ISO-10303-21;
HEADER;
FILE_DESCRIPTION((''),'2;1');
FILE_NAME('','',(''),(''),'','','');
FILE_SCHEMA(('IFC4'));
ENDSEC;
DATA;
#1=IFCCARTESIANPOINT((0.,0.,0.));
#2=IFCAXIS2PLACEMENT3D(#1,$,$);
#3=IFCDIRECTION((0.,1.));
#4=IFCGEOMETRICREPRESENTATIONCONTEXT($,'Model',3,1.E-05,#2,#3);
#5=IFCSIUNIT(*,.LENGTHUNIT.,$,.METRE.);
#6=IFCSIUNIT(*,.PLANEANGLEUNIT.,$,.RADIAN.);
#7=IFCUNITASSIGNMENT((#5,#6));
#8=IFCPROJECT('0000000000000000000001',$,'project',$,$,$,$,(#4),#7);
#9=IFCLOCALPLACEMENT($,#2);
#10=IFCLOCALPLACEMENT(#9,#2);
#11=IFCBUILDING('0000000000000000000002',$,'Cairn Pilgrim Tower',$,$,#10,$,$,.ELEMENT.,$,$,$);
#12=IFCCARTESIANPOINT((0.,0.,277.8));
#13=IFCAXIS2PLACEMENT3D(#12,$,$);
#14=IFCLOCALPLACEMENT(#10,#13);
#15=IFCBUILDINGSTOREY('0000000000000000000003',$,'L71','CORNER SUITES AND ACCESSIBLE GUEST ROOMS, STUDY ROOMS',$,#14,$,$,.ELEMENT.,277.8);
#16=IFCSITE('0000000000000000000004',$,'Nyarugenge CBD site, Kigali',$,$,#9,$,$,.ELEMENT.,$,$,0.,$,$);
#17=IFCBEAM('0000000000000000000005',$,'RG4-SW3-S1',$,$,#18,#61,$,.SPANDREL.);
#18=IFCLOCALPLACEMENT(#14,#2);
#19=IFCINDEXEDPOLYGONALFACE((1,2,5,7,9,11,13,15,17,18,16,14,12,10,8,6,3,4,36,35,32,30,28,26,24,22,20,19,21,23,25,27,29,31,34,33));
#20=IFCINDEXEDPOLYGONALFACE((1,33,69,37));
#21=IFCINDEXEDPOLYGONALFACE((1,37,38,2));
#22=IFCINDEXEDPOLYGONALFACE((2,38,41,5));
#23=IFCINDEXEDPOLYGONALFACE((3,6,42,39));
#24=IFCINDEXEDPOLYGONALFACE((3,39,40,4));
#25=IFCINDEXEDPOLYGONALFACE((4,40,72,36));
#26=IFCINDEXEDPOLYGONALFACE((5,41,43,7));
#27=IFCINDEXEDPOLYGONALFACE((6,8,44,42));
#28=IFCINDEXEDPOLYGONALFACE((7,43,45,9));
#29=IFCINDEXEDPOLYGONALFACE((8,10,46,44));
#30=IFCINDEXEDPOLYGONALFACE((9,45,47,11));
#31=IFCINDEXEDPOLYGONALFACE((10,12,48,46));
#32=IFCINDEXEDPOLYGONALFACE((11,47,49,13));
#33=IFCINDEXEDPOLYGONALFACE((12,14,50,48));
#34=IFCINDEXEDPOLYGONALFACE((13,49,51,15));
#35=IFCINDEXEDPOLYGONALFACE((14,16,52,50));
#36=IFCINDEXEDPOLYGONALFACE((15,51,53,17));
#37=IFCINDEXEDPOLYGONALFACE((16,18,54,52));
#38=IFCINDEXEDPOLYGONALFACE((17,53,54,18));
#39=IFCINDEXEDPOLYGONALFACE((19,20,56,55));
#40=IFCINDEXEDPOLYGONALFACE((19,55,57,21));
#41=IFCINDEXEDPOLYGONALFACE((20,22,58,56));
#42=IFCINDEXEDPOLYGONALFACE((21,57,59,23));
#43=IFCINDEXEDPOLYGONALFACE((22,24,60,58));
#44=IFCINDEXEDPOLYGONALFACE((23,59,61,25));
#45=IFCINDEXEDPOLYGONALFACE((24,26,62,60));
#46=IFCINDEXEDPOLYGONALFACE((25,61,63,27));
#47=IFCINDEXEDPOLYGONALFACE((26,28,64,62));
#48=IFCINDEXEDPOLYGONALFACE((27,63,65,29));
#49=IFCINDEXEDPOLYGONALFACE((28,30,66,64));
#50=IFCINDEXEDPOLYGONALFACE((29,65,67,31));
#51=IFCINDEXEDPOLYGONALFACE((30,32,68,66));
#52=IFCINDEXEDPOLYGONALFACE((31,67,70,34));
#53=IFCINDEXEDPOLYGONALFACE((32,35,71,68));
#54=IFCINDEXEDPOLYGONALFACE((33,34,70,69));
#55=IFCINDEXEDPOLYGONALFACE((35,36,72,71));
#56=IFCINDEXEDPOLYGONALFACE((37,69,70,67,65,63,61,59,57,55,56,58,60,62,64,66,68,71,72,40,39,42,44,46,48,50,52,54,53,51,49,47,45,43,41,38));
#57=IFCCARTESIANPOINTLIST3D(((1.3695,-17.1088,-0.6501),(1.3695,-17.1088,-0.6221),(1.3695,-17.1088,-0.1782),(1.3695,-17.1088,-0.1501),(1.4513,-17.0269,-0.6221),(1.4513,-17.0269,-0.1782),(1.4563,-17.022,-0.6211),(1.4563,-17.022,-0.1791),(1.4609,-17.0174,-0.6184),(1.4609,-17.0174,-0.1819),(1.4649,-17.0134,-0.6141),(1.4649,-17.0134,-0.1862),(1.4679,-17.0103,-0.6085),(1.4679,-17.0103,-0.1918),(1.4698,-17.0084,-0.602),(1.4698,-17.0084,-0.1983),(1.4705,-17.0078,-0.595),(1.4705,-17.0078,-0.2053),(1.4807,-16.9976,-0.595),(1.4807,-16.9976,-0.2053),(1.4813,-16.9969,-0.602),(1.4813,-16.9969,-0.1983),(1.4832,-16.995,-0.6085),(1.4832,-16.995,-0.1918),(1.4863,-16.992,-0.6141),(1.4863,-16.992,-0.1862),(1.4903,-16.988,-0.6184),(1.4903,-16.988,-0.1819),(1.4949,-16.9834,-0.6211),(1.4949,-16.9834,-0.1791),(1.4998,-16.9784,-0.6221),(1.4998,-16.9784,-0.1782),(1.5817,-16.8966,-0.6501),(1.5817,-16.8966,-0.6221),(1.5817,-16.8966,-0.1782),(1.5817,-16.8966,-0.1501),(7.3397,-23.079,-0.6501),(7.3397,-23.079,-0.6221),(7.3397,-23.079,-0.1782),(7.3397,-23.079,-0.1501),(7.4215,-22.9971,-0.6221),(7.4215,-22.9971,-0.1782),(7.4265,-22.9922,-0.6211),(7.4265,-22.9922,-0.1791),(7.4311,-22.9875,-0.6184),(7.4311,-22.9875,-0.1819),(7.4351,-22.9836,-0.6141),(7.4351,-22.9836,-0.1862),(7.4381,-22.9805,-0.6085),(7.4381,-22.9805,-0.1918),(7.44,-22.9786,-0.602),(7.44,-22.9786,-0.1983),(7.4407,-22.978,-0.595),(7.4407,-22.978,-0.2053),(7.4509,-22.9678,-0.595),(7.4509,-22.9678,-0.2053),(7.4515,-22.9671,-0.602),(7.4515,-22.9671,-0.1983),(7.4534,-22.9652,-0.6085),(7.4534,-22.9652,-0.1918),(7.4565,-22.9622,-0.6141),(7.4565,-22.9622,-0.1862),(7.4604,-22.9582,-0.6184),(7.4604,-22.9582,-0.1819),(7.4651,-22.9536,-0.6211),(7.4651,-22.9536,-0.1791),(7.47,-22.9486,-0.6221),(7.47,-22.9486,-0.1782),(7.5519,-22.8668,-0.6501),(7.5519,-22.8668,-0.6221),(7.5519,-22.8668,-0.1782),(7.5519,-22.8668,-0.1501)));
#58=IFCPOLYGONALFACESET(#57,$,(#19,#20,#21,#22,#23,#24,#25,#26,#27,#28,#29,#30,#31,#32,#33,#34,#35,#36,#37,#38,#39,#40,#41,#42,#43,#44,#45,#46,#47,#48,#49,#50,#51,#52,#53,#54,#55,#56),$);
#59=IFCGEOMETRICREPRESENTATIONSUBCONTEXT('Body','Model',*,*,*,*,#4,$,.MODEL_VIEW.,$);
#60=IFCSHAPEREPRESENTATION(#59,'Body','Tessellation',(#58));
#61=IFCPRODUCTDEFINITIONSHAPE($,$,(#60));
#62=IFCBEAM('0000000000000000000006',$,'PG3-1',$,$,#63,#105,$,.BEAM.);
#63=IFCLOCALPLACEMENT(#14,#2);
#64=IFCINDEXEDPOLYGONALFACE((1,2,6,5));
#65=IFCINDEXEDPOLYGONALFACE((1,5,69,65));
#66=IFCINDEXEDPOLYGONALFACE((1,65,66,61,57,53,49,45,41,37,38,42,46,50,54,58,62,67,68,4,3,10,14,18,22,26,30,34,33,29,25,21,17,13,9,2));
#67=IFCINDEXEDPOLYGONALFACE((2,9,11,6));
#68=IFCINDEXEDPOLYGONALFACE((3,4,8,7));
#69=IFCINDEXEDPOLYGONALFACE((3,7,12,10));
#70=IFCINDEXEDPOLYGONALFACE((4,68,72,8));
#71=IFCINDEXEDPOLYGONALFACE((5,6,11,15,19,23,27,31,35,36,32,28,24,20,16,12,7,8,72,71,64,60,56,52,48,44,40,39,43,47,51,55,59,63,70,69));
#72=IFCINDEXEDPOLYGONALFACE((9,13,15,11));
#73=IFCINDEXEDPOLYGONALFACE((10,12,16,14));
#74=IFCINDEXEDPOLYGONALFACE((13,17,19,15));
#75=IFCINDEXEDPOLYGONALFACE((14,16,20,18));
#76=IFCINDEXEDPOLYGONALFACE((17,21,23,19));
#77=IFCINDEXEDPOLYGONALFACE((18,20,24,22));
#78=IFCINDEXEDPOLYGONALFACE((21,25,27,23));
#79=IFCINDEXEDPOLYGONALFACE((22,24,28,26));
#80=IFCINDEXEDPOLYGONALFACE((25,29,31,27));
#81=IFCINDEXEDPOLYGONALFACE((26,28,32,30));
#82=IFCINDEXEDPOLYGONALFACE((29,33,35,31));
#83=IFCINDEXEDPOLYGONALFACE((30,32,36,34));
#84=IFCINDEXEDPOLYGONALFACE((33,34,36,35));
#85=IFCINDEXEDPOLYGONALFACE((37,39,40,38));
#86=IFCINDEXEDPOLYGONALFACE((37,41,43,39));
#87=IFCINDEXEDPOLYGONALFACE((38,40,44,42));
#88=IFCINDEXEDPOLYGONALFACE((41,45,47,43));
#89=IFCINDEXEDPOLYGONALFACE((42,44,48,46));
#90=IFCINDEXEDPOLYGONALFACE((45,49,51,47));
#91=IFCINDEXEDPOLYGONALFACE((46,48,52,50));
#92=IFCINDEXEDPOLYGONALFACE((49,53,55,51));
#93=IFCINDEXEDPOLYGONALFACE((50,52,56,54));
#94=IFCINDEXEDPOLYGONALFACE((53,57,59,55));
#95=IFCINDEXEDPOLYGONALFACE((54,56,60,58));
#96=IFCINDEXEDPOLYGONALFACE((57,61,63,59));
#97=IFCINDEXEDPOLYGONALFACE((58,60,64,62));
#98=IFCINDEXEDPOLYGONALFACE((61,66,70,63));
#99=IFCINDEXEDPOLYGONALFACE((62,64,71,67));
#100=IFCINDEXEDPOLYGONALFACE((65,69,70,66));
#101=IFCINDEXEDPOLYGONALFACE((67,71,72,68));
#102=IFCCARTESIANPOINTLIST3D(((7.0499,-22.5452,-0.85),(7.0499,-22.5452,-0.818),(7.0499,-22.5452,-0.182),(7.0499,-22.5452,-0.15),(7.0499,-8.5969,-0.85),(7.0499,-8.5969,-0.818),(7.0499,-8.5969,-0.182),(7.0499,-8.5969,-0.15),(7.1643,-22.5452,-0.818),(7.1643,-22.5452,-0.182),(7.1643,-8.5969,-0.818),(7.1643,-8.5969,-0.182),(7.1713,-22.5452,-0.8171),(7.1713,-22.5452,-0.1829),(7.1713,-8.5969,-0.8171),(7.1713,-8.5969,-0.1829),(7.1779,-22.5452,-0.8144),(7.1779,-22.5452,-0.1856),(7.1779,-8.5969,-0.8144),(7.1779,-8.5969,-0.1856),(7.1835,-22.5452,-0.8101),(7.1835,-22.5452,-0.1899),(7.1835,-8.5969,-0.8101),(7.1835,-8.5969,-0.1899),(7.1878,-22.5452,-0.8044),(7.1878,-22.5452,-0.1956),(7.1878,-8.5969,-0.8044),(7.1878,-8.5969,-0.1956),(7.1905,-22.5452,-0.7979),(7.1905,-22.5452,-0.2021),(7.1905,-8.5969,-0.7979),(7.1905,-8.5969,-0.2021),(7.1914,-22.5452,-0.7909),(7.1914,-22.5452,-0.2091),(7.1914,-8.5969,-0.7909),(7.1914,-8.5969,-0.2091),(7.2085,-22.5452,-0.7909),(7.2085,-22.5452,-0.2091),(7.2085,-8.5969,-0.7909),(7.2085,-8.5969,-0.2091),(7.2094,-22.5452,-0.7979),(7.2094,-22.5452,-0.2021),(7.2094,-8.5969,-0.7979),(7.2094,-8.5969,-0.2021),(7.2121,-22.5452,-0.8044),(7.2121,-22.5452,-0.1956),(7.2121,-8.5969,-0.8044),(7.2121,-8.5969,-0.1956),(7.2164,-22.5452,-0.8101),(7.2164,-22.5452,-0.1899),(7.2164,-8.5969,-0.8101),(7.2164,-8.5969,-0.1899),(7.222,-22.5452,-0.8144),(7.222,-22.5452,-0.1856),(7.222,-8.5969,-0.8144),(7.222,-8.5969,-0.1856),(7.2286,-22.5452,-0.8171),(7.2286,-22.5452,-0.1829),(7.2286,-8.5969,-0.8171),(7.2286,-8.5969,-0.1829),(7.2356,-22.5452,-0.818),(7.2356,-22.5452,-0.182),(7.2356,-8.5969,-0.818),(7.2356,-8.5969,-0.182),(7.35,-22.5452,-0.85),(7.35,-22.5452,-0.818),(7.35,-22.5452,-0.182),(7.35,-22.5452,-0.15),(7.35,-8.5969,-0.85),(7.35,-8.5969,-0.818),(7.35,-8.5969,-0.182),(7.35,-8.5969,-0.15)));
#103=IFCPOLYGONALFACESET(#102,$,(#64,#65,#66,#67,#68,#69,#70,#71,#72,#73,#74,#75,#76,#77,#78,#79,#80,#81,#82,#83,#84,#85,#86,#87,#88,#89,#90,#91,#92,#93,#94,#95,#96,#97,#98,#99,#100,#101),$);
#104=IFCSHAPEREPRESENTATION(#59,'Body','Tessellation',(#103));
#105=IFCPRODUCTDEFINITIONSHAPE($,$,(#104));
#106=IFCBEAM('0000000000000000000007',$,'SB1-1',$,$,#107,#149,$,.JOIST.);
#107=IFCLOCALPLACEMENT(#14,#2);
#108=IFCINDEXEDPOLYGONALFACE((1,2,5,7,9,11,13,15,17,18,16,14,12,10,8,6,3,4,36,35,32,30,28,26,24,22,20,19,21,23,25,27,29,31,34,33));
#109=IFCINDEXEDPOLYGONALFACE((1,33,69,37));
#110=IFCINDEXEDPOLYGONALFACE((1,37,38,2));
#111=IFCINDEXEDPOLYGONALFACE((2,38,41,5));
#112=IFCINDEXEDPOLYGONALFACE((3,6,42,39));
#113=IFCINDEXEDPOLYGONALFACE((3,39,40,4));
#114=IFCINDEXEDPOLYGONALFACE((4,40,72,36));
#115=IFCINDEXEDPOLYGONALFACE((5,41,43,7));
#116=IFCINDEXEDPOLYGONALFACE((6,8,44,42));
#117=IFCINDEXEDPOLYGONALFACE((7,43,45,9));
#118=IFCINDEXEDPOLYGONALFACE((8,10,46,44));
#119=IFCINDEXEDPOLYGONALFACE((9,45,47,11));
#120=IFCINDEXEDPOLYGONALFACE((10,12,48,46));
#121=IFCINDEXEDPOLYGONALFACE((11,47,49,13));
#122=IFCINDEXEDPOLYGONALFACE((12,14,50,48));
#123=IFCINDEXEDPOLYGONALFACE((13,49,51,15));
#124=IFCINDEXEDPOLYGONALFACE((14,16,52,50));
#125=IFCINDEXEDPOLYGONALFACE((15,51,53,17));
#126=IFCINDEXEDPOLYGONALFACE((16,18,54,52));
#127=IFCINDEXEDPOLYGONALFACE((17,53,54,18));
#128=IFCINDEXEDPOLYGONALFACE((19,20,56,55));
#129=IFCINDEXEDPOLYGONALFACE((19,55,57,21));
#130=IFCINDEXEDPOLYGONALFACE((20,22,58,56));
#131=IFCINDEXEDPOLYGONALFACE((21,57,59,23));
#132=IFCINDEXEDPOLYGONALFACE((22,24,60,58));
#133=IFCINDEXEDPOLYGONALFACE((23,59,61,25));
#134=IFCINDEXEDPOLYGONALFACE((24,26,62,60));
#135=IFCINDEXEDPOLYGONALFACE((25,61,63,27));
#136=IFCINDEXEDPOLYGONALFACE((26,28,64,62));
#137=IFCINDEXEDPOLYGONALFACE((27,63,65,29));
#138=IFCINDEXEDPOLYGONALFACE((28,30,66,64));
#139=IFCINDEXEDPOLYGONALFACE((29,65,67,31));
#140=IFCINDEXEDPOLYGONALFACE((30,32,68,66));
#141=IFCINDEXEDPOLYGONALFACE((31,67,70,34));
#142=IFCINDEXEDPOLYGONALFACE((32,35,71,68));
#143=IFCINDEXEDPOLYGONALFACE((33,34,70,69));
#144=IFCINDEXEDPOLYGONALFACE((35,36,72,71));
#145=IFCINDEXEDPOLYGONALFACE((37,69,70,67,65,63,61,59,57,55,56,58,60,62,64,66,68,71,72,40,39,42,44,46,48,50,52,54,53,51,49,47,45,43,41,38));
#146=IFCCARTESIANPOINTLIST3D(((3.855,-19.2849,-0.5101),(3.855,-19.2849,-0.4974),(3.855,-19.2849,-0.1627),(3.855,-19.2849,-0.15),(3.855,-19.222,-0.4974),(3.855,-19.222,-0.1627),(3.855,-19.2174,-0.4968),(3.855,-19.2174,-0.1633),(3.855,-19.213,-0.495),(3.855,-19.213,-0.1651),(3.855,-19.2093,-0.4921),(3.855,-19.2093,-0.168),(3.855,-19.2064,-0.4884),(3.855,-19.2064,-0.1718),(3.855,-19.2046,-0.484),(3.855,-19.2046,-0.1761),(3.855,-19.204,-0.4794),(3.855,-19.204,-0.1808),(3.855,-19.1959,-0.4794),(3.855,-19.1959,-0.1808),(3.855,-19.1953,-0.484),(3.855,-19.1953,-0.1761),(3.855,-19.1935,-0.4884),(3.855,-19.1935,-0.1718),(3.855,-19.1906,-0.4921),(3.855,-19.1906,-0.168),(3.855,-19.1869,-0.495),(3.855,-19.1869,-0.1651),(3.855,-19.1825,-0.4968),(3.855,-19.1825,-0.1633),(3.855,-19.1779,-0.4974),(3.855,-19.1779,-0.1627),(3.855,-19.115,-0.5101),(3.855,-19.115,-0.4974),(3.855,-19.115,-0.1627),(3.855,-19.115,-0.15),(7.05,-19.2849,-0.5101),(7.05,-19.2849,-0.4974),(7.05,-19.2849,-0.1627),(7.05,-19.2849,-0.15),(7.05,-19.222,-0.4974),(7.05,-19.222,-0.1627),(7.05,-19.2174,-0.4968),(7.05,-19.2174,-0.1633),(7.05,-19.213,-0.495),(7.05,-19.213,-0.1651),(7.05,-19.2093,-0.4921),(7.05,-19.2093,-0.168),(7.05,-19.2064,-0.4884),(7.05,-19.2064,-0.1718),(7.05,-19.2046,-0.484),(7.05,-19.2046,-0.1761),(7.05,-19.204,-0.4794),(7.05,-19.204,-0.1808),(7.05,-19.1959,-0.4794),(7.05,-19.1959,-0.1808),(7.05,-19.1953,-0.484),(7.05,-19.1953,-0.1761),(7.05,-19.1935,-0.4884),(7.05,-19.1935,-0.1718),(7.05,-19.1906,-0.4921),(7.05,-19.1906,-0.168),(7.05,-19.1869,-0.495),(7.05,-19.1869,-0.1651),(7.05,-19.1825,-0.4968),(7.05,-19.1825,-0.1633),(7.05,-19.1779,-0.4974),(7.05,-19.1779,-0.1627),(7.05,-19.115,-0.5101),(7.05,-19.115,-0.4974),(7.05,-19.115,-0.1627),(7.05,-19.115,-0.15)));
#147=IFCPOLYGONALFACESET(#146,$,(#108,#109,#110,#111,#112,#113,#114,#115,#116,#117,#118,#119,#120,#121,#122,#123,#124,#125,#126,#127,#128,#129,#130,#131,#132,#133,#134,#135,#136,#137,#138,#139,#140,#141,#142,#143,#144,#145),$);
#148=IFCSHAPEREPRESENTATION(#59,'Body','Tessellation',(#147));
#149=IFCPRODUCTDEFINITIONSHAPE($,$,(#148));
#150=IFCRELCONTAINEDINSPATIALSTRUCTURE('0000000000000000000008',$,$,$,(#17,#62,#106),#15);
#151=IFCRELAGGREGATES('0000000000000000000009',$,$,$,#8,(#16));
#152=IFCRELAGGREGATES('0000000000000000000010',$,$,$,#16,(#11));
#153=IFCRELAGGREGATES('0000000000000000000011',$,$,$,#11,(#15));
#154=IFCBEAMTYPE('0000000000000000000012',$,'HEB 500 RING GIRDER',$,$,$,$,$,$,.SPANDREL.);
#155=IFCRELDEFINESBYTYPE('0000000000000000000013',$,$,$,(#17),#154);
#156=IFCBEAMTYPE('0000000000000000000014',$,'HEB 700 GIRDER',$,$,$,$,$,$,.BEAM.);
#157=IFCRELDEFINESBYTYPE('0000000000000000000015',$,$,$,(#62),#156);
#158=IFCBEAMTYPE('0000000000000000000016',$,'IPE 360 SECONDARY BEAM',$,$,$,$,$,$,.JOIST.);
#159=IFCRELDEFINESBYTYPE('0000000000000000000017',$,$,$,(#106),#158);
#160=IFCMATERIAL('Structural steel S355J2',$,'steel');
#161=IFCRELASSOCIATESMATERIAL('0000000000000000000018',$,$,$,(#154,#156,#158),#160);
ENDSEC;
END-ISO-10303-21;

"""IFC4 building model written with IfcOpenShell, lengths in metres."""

from ifc_helpers import new_model, si_unit, direction, frame, origin, origin_2d, place, context, subcontext, project, spatial, i_section, extrude, material, material_profile, profile_set, type_object, element, save


model = new_model("IFC4")

# Units and contexts
model_context = context("Model", 3, precision=1e-05, world=origin(), true_north=direction((0.0, 1.0)))
body_context = subcontext(model_context, "Body", "Model", "MODEL_VIEW")
ifc_project = project(units=[si_unit("LENGTHUNIT", "METRE"), si_unit("PLANEANGLEUNIT", "RADIAN")], contexts=[model_context])

# Site, building, storey
site_placement = place(None, origin())
site = spatial("IfcSite", under=ifc_project, at=site_placement, Name="Nyarugenge CBD site, Kigali", CompositionType="ELEMENT", RefElevation=0.0)
building_placement = place(site_placement, origin())
building = spatial("IfcBuilding", under=site, at=building_placement, Name="Cairn Pilgrim Tower", CompositionType="ELEMENT")
storey_placement = place(building_placement, frame((0.0, 0.0, 277.8)))
storey = spatial("IfcBuildingStorey", under=building, at=storey_placement, Name="L71", Description="CORNER SUITES AND ACCESSIBLE GUEST ROOMS, STUDY ROOMS", CompositionType="ELEMENT", Elevation=277.8)

# Shared definitions
ifc_material_1 = material(Name="Structural steel S355J2", Category="steel")

# Beams
ifc_material_profile_1 = material_profile(ifc_material_1, i_section(OverallWidth=0.3, OverallDepth=0.5, WebThickness=0.0144, FlangeThickness=0.0281, FilletRadius=0.0271, at=origin_2d()), Name="HEB 500")
ifc_profile_set_1 = profile_set([ifc_material_profile_1], Name="Structural steel S355J2")
beam_type_1 = type_object("IfcBeamType", Name="HEB 500 RING GIRDER", PredefinedType="SPANDREL", material=ifc_profile_set_1)
beam_1_placement = place(storey_placement, frame((1.4756, -17.0027, -0.4001), z_axis=(0.707107, -0.707107, 0.0), x_axis=(0.707107, 0.707107, 0.0)))
element("IfcBeam", 1, at=beam_1_placement, inside=storey, type_object=beam_type_1, Name="RG4-SW3-S1", PredefinedType="SPANDREL", context=body_context, shape_type="SweptSolid", body=[
    extrude(i_section(OverallWidth=0.3, OverallDepth=0.5, WebThickness=0.0144, FlangeThickness=0.0281, FilletRadius=0.0271, at=origin_2d()), origin(), (0.0, 0.0, 1.0), 8.4431),
])
ifc_material_profile_2 = material_profile(ifc_material_1, i_section(OverallWidth=0.3, OverallDepth=0.7, WebThickness=0.0171, FlangeThickness=0.032, FilletRadius=0.0271, at=origin_2d()), Name="HEB 700")
ifc_profile_set_2 = profile_set([ifc_material_profile_2], Name="Structural steel S355J2")
beam_type_2 = type_object("IfcBeamType", Name="HEB 700 GIRDER", PredefinedType="BEAM", material=ifc_profile_set_2)
beam_2_placement = place(storey_placement, frame((7.2, -22.5452, -0.5), z_axis=(0.0, 1.0, 0.0), x_axis=(-1.0, 0.0, 0.0)))
element("IfcBeam", 2, at=beam_2_placement, inside=storey, type_object=beam_type_2, Name="PG3-1", PredefinedType="BEAM", context=body_context, shape_type="SweptSolid", body=[
    extrude(i_section(OverallWidth=0.3, OverallDepth=0.7, WebThickness=0.0171, FlangeThickness=0.032, FilletRadius=0.0271, at=origin_2d()), origin(), (0.0, 0.0, 1.0), 13.9482),
])
ifc_material_profile_3 = material_profile(ifc_material_1, i_section(OverallWidth=0.1699, OverallDepth=0.3601, WebThickness=0.0081, FlangeThickness=0.0127, FilletRadius=0.0181, at=origin_2d()), Name="IPE 360")
ifc_profile_set_3 = profile_set([ifc_material_profile_3], Name="Structural steel S355J2")
beam_type_3 = type_object("IfcBeamType", Name="IPE 360 SECONDARY BEAM", PredefinedType="JOIST", material=ifc_profile_set_3)
beam_3_placement = place(storey_placement, frame((3.855, -19.2, -0.3301), z_axis=(1.0, 0.0, 0.0), x_axis=(0.0, 1.0, 0.0)))
element("IfcBeam", 3, at=beam_3_placement, inside=storey, type_object=beam_type_3, Name="SB1-1", PredefinedType="JOIST", context=body_context, shape_type="SweptSolid", body=[
    extrude(i_section(OverallWidth=0.1699, OverallDepth=0.3601, WebThickness=0.0081, FlangeThickness=0.0127, FilletRadius=0.0181, at=origin_2d()), origin(), (0.0, 0.0, 1.0), 3.1951),
])

save(model, "model.ifc")
